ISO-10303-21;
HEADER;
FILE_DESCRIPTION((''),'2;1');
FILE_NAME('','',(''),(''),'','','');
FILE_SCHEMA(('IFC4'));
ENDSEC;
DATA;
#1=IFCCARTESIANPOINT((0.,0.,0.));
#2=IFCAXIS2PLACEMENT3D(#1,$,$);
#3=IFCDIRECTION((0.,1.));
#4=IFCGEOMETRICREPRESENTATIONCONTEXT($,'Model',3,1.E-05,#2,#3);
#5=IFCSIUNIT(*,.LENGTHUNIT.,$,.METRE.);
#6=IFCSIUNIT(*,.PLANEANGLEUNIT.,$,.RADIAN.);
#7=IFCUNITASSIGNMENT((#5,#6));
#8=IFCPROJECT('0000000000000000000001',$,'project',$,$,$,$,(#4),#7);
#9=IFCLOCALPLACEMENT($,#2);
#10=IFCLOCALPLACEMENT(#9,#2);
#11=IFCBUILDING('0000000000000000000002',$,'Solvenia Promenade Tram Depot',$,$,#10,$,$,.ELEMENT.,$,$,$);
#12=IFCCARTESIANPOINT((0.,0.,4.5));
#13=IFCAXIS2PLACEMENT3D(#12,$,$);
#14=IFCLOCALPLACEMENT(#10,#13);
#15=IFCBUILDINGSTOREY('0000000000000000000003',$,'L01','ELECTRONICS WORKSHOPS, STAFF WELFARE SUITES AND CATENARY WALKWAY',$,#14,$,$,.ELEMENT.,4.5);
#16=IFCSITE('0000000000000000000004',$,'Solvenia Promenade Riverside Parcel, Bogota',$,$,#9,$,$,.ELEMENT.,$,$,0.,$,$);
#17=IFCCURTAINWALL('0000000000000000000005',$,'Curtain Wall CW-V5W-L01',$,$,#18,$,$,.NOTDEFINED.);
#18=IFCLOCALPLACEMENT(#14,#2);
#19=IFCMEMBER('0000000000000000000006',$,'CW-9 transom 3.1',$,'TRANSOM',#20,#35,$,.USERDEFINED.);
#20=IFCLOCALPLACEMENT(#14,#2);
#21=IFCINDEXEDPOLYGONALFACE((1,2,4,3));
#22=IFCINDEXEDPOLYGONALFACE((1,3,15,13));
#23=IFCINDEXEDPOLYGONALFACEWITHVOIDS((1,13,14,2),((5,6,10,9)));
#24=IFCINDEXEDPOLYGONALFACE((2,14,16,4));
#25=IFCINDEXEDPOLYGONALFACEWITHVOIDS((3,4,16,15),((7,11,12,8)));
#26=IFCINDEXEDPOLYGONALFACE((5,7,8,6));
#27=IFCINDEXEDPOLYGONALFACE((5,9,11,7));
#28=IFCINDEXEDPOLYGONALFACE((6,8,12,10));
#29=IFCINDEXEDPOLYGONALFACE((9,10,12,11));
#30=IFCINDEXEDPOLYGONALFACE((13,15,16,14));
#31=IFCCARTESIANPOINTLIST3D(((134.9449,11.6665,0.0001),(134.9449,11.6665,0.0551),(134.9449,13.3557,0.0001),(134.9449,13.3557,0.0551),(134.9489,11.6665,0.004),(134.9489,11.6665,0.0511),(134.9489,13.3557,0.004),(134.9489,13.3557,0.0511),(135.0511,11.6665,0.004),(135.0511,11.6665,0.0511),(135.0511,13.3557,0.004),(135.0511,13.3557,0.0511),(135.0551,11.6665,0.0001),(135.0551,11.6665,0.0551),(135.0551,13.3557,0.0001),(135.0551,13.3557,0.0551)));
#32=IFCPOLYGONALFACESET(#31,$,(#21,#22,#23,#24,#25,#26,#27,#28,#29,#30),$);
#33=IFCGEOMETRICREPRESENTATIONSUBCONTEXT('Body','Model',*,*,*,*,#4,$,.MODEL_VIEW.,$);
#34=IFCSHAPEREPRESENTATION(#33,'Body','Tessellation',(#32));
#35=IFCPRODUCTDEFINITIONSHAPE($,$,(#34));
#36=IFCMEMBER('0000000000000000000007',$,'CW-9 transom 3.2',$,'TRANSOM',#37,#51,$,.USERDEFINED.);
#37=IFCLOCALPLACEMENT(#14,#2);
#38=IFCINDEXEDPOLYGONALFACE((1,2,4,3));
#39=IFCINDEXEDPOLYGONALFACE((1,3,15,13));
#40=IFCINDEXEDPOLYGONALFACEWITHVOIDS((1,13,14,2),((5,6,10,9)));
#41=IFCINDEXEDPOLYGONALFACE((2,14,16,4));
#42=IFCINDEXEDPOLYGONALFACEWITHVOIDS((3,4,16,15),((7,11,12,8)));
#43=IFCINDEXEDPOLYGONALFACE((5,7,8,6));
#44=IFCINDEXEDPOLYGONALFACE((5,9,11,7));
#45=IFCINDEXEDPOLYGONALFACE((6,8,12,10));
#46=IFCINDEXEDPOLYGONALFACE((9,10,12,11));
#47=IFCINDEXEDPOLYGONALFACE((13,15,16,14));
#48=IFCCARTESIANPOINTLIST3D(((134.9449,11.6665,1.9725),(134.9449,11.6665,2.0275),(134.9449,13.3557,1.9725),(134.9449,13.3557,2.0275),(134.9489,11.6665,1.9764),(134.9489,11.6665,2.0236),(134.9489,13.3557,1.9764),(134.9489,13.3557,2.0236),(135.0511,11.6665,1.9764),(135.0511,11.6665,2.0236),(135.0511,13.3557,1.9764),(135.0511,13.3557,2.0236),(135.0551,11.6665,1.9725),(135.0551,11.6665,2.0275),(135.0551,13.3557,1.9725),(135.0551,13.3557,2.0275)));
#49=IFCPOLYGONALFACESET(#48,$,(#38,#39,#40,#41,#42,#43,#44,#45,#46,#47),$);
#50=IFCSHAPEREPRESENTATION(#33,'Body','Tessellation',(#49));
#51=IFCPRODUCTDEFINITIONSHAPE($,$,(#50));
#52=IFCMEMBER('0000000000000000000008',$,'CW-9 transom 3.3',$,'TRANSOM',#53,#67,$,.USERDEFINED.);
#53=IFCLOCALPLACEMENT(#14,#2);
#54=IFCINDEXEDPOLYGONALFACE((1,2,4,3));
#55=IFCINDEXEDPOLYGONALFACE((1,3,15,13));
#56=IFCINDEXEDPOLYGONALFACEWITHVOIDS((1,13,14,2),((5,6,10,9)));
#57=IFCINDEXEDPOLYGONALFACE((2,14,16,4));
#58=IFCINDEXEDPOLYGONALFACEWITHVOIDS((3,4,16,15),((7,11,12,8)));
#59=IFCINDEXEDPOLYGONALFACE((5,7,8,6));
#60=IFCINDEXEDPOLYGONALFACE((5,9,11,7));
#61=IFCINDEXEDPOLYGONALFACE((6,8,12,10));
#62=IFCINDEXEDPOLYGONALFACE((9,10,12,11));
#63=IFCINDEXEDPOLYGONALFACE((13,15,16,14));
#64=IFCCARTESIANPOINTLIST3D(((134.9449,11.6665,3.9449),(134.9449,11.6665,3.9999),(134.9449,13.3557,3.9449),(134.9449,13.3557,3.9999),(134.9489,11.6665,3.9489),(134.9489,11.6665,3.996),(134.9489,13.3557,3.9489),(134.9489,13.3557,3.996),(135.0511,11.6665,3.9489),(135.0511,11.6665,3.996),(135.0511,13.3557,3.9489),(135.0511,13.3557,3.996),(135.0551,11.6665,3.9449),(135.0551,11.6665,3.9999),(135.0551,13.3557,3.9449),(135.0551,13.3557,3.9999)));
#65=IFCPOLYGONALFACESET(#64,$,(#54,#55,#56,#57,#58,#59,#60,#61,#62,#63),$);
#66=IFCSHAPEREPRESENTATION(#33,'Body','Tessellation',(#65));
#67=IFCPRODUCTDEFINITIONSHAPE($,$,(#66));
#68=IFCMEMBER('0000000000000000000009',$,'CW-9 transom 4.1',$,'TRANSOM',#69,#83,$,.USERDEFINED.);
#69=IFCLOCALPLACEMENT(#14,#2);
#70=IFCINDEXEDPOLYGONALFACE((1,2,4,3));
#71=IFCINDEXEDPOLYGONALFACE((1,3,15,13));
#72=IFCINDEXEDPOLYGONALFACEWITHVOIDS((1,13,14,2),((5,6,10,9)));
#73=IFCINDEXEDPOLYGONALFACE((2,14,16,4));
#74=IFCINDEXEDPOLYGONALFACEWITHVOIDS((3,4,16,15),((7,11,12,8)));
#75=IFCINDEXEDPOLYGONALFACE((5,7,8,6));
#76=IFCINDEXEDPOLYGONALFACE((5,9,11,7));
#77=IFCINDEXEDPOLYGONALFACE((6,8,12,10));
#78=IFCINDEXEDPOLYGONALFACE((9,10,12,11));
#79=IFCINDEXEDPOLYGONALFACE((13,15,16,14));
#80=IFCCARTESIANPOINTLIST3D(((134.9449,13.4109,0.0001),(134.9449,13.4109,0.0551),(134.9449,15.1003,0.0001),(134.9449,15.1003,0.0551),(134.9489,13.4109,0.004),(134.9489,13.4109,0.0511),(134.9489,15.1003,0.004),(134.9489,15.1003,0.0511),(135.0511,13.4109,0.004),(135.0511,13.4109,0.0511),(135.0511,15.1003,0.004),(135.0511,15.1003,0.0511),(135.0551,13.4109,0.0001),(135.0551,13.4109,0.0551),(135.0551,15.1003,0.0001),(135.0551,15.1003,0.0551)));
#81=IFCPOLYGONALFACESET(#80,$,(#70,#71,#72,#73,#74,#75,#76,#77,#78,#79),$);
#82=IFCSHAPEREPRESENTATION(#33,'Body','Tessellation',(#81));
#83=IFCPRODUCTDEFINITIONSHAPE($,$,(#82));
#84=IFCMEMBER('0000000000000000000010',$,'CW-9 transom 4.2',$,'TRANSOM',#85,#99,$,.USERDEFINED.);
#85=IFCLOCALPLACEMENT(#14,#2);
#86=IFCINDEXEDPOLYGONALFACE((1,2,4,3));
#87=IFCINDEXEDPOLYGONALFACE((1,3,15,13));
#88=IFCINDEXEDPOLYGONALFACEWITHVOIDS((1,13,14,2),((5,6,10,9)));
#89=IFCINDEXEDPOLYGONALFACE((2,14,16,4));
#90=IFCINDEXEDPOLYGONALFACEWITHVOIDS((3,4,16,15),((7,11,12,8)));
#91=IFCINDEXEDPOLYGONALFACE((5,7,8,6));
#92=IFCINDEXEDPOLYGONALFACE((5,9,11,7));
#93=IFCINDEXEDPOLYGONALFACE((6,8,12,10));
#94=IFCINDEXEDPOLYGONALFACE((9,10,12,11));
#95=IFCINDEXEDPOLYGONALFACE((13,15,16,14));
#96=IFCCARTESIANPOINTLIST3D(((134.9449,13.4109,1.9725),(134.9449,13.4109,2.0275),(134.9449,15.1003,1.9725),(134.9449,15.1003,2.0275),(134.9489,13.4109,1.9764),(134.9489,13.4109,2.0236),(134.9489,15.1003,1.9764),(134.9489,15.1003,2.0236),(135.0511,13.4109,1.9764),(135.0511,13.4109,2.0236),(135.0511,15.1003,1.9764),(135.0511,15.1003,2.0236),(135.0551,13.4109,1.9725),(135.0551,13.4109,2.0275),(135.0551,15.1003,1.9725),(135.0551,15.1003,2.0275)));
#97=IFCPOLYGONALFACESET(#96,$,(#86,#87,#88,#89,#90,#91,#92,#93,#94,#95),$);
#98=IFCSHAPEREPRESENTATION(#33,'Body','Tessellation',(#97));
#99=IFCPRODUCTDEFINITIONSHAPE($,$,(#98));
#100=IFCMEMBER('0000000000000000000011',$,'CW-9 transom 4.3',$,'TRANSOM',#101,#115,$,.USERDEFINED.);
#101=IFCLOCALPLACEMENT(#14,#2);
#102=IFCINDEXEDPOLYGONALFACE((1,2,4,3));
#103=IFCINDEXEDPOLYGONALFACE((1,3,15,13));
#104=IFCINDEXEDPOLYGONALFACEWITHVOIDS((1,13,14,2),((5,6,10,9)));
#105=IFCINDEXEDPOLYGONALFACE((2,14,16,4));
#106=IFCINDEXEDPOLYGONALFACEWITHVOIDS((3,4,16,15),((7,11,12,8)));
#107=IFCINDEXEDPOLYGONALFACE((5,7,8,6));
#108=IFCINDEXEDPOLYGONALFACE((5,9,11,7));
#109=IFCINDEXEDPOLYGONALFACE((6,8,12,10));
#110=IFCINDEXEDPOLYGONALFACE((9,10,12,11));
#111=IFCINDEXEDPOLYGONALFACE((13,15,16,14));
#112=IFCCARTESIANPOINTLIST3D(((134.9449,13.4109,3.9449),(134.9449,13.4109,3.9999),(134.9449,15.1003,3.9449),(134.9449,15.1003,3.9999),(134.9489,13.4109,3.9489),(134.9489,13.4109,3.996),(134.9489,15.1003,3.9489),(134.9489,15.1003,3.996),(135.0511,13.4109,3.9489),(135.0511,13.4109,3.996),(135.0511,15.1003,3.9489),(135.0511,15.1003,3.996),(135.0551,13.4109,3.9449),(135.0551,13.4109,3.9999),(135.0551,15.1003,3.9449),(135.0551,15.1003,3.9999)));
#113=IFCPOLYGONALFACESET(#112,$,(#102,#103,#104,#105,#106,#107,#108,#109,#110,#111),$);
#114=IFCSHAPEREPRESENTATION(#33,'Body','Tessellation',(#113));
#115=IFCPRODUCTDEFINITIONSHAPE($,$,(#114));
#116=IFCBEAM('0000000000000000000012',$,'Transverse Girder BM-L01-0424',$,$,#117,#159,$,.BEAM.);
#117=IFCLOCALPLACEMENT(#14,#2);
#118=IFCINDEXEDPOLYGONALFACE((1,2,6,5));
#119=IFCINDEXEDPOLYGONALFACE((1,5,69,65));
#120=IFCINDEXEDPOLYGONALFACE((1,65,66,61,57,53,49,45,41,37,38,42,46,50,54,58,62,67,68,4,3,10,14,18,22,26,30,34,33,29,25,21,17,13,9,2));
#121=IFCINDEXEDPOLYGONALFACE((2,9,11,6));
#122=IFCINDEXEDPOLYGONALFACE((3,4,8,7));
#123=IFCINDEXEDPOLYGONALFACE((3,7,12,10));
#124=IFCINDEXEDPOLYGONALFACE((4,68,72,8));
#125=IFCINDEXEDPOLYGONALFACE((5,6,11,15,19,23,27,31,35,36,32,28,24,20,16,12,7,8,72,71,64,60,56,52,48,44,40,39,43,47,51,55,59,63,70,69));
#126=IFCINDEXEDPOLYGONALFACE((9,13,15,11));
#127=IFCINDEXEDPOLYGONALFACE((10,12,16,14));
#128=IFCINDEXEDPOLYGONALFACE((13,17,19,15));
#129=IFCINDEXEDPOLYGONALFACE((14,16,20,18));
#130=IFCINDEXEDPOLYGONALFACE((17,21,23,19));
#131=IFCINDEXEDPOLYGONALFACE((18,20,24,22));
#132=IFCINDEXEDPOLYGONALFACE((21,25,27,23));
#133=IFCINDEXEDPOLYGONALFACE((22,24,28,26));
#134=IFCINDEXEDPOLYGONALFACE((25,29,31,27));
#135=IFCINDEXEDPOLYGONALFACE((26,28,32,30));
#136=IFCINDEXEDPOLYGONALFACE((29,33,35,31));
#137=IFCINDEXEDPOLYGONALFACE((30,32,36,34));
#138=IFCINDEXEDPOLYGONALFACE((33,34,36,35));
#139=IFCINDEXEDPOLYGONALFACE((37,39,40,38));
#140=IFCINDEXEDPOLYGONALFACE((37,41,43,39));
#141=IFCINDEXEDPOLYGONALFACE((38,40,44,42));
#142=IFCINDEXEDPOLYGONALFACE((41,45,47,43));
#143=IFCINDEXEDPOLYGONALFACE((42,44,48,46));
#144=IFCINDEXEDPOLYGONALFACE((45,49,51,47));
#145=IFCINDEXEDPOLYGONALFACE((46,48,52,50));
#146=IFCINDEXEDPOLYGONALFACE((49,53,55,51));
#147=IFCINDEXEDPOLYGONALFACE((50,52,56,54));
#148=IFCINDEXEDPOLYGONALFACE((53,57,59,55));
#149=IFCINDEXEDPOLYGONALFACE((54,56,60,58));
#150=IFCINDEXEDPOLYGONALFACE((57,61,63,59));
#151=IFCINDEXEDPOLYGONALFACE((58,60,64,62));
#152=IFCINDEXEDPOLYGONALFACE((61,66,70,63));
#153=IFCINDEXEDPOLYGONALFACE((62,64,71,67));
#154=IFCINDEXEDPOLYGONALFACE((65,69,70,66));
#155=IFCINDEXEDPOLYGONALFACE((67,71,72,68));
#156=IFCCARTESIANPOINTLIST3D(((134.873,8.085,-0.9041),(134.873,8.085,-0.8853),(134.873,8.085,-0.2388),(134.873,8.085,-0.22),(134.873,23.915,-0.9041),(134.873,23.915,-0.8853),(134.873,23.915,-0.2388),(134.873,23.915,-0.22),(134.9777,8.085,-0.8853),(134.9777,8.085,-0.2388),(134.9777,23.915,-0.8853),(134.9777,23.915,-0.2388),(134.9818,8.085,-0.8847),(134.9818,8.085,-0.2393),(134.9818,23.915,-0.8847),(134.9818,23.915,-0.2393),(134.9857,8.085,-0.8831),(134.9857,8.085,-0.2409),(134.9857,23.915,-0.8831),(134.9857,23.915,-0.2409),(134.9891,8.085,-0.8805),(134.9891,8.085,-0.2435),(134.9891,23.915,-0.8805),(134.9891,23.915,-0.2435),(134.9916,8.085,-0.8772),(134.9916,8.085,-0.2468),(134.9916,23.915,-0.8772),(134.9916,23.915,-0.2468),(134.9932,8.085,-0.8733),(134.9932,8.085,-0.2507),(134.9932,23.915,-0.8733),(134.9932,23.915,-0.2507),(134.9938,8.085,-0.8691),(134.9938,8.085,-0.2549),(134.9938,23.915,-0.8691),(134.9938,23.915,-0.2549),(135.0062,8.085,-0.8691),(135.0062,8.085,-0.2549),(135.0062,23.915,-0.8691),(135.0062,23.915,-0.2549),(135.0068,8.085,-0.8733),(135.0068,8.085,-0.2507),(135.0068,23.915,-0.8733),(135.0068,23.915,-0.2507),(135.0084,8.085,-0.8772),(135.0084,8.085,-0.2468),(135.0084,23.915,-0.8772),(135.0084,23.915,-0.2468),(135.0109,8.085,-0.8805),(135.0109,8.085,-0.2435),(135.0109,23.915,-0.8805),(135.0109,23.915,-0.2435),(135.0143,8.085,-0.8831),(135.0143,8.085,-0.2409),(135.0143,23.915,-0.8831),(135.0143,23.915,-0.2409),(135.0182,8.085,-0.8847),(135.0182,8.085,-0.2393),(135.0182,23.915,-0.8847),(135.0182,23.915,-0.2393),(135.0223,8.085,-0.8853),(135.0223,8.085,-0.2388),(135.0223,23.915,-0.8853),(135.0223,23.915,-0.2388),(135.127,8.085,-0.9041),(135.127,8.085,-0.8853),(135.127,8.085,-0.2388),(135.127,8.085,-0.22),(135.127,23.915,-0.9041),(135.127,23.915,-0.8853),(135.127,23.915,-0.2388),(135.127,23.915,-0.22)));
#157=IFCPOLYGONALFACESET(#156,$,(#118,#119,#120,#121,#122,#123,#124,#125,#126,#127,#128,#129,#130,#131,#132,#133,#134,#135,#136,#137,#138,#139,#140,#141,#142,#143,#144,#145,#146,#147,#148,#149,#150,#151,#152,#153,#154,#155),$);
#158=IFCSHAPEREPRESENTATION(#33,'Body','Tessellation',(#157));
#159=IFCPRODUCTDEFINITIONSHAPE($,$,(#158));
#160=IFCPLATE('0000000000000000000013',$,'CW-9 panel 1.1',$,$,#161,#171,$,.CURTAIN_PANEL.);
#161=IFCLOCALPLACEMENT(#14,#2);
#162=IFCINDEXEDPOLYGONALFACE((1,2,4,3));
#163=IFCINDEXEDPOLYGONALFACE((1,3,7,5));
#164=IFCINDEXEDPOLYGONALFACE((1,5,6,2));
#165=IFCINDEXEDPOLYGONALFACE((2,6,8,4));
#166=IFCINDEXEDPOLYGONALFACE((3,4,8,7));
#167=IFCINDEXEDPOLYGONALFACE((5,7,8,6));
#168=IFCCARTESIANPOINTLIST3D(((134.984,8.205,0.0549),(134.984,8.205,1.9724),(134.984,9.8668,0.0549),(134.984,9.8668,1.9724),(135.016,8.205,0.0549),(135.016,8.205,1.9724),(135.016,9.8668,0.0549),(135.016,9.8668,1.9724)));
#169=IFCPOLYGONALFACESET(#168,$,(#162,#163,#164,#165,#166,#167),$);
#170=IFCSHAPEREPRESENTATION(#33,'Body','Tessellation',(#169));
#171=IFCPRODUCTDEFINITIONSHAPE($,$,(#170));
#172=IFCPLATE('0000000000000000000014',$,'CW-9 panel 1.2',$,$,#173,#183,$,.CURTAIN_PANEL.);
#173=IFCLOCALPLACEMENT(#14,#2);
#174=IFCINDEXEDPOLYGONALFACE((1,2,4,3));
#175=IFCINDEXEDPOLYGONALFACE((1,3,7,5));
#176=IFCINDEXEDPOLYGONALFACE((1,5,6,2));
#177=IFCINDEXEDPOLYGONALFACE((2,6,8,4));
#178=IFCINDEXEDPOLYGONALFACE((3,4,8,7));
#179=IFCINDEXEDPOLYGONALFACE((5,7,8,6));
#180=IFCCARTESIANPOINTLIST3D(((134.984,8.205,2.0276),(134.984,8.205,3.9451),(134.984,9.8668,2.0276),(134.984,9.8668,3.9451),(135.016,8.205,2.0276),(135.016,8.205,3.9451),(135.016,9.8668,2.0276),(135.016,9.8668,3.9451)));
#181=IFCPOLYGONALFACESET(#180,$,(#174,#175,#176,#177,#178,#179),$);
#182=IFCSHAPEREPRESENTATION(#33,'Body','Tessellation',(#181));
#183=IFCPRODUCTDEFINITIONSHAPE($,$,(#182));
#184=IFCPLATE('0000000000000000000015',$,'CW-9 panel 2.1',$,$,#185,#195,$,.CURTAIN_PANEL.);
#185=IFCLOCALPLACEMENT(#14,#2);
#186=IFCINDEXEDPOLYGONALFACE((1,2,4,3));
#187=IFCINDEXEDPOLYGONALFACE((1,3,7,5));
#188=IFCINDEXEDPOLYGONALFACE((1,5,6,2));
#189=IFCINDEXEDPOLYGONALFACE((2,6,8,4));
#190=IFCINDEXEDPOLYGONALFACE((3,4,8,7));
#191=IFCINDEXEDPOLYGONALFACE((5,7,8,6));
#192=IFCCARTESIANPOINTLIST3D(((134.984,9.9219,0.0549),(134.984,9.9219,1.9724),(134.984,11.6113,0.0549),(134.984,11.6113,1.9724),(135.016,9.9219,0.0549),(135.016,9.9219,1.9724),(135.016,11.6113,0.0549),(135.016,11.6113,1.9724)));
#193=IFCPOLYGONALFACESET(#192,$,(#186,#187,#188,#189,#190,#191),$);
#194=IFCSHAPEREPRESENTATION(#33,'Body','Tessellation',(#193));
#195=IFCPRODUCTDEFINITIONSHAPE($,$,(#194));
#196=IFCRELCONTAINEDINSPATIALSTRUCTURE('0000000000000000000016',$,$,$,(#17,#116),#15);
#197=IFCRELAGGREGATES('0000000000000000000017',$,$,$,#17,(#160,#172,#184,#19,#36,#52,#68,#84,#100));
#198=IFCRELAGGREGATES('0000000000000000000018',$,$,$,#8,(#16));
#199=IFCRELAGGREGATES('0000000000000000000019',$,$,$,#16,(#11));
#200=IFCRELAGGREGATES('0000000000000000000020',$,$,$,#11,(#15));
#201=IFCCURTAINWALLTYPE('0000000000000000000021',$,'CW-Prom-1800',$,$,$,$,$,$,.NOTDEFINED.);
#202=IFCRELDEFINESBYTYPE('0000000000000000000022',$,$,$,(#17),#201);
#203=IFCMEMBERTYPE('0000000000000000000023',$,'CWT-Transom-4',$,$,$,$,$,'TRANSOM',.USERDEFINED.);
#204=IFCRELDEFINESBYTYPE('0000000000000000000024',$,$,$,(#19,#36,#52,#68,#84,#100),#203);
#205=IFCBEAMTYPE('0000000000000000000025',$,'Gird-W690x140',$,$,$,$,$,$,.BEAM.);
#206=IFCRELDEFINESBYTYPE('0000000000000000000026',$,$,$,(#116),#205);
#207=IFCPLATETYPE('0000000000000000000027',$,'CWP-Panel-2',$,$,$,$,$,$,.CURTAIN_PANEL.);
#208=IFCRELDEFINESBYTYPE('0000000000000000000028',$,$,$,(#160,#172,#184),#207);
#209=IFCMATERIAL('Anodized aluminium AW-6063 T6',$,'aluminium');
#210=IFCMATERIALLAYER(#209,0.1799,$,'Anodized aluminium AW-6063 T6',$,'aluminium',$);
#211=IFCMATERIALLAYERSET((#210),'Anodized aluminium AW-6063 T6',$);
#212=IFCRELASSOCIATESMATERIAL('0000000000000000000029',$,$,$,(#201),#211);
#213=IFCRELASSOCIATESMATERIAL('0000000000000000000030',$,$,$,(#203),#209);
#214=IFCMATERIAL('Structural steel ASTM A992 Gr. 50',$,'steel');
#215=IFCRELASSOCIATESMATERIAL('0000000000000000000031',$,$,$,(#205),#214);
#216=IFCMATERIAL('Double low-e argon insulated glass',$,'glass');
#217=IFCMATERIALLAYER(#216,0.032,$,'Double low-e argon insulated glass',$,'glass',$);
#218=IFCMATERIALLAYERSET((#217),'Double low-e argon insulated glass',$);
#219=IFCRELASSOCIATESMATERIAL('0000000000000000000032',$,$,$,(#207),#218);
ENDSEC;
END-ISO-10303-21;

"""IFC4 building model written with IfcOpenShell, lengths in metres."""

from ifc_helpers import new_model, si_unit, direction, frame, origin, origin_2d, place, context, subcontext, project, spatial, rectangle, hollow_rectangle, i_section, extrude, material, layer, layer_set, material_profile, profile_set, type_object, element, aggregate, save


model = new_model("IFC4")

# Units and contexts
model_context = context("Model", 3, precision=1e-05, world=origin(), true_north=direction((0.0, 1.0)))
body_context = subcontext(model_context, "Body", "Model", "MODEL_VIEW")
ifc_project = project(units=[si_unit("LENGTHUNIT", "METRE"), si_unit("PLANEANGLEUNIT", "RADIAN")], contexts=[model_context])

# Site, building, storey
site_placement = place(None, origin())
site = spatial("IfcSite", under=ifc_project, at=site_placement, Name="Solvenia Promenade Riverside Parcel, Bogota", CompositionType="ELEMENT", RefElevation=0.0)
building_placement = place(site_placement, origin())
building = spatial("IfcBuilding", under=site, at=building_placement, Name="Solvenia Promenade Tram Depot", CompositionType="ELEMENT")
storey_placement = place(building_placement, frame((0.0, 0.0, 4.5)))
storey = spatial("IfcBuildingStorey", under=building, at=storey_placement, Name="L01", Description="ELECTRONICS WORKSHOPS, STAFF WELFARE SUITES AND CATENARY WALKWAY", CompositionType="ELEMENT", Elevation=4.5)

# Curtain wall, members
ifc_material_1 = material(Name="Anodized aluminium AW-6063 T6", Category="aluminium")
ifc_layer_1 = layer(ifc_material_1, 0.1799, Name="Anodized aluminium AW-6063 T6", Category="aluminium")
ifc_layer_set_1 = layer_set([ifc_layer_1], Name="Anodized aluminium AW-6063 T6")
curtain_wall_type = type_object("IfcCurtainWallType", Name="CW-Prom-1800", PredefinedType="NOTDEFINED", material=ifc_layer_set_1)
curtain_wall_placement = place(storey_placement, origin())
curtain_wall = element("IfcCurtainWall", 1, at=curtain_wall_placement, inside=storey, type_object=curtain_wall_type, Name="Curtain Wall CW-V5W-L01", PredefinedType="NOTDEFINED")
ifc_material_profile_1 = material_profile(ifc_material_1, hollow_rectangle(XDim=0.1101, YDim=0.0549, WallThickness=0.0039, at=origin_2d()), Name="ALU-T4", Category="aluminium")
ifc_profile_set_1 = profile_set([ifc_material_profile_1], Name="Anodized aluminium AW-6063 T6")
member_type_1 = type_object("IfcMemberType", Name="CWT-Transom-4", ElementType="TRANSOM", PredefinedType="USERDEFINED", material=ifc_profile_set_1)
member_1_placement = place(storey_placement, frame((135.0, 11.6665, 0.0276), z_axis=(0.0, 1.0, 0.0), x_axis=(-1.0, 0.0, 0.0)))
member_1 = element("IfcMember", 2, at=member_1_placement, type_object=member_type_1, Name="CW-9 transom 3.1", ObjectType="TRANSOM", PredefinedType="USERDEFINED", context=body_context, shape_type="SweptSolid", body=[
    extrude(hollow_rectangle(XDim=0.1101, YDim=0.0549, WallThickness=0.0039, at=origin_2d()), origin(), (0.0, 0.0, 1.0), 1.6892),
])
member_2_placement = place(storey_placement, frame((135.0, 11.6665, 2.0), z_axis=(0.0, 1.0, 0.0), x_axis=(-1.0, 0.0, 0.0)))
member_2 = element("IfcMember", 3, at=member_2_placement, type_object=member_type_1, Name="CW-9 transom 3.2", ObjectType="TRANSOM", PredefinedType="USERDEFINED", context=body_context, shape_type="SweptSolid", body=[
    extrude(hollow_rectangle(XDim=0.1101, YDim=0.0549, WallThickness=0.0039, at=origin_2d()), origin(), (0.0, 0.0, 1.0), 1.6892),
])
member_3_placement = place(storey_placement, frame((135.0, 11.6665, 3.9724), z_axis=(0.0, 1.0, 0.0), x_axis=(-1.0, 0.0, 0.0)))
member_3 = element("IfcMember", 4, at=member_3_placement, type_object=member_type_1, Name="CW-9 transom 3.3", ObjectType="TRANSOM", PredefinedType="USERDEFINED", context=body_context, shape_type="SweptSolid", body=[
    extrude(hollow_rectangle(XDim=0.1101, YDim=0.0549, WallThickness=0.0039, at=origin_2d()), origin(), (0.0, 0.0, 1.0), 1.6892),
])
member_4_placement = place(storey_placement, frame((135.0, 13.4109, 0.0276), z_axis=(0.0, 1.0, 0.0), x_axis=(-1.0, 0.0, 0.0)))
member_4 = element("IfcMember", 5, at=member_4_placement, type_object=member_type_1, Name="CW-9 transom 4.1", ObjectType="TRANSOM", PredefinedType="USERDEFINED", context=body_context, shape_type="SweptSolid", body=[
    extrude(hollow_rectangle(XDim=0.1101, YDim=0.0549, WallThickness=0.0039, at=origin_2d()), origin(), (0.0, 0.0, 1.0), 1.6895),
])
member_5_placement = place(storey_placement, frame((135.0, 13.4109, 2.0), z_axis=(0.0, 1.0, 0.0), x_axis=(-1.0, 0.0, 0.0)))
member_5 = element("IfcMember", 6, at=member_5_placement, type_object=member_type_1, Name="CW-9 transom 4.2", ObjectType="TRANSOM", PredefinedType="USERDEFINED", context=body_context, shape_type="SweptSolid", body=[
    extrude(hollow_rectangle(XDim=0.1101, YDim=0.0549, WallThickness=0.0039, at=origin_2d()), origin(), (0.0, 0.0, 1.0), 1.6895),
])
member_6_placement = place(storey_placement, frame((135.0, 13.4109, 3.9724), z_axis=(0.0, 1.0, 0.0), x_axis=(-1.0, 0.0, 0.0)))
member_6 = element("IfcMember", 7, at=member_6_placement, type_object=member_type_1, Name="CW-9 transom 4.3", ObjectType="TRANSOM", PredefinedType="USERDEFINED", context=body_context, shape_type="SweptSolid", body=[
    extrude(hollow_rectangle(XDim=0.1101, YDim=0.0549, WallThickness=0.0039, at=origin_2d()), origin(), (0.0, 0.0, 1.0), 1.6895),
])

# Beam
ifc_material_2 = material(Name="Structural steel ASTM A992 Gr. 50", Category="steel")
ifc_material_profile_2 = material_profile(ifc_material_2, i_section(OverallWidth=0.2539, OverallDepth=0.6841, WebThickness=0.0125, FlangeThickness=0.0188, FilletRadius=0.0161, at=origin_2d()), Name="W690x140", Category="steel")
ifc_profile_set_2 = profile_set([ifc_material_profile_2], Name="Structural steel ASTM A992 Gr. 50")
beam_type = type_object("IfcBeamType", Name="Gird-W690x140", PredefinedType="BEAM", material=ifc_profile_set_2)
beam_placement = place(storey_placement, frame((135.0, 8.085, -0.562), z_axis=(0.0, 1.0, 0.0), x_axis=(-1.0, 0.0, 0.0)))
element("IfcBeam", 8, at=beam_placement, inside=storey, type_object=beam_type, Name="Transverse Girder BM-L01-0424", PredefinedType="BEAM", context=body_context, shape_type="SweptSolid", body=[
    extrude(i_section(OverallWidth=0.2539, OverallDepth=0.6841, WebThickness=0.0125, FlangeThickness=0.0188, FilletRadius=0.0161, at=origin_2d()), origin(), (0.0, 0.0, 1.0), 15.8301),
])

# Plates
ifc_material_3 = material(Name="Double low-e argon insulated glass", Category="glass")
ifc_layer_2 = layer(ifc_material_3, 0.032, Name="Double low-e argon insulated glass", Category="glass")
ifc_layer_set_2 = layer_set([ifc_layer_2], Name="Double low-e argon insulated glass")
plate_type = type_object("IfcPlateType", Name="CWP-Panel-2", PredefinedType="CURTAIN_PANEL", material=ifc_layer_set_2)
plate_1_placement = place(storey_placement, frame((135.0, 9.0359, 0.0549), z_axis=(0.0, 0.0, 1.0), x_axis=(0.0, 1.0, 0.0)))
plate_1 = element("IfcPlate", 9, at=plate_1_placement, type_object=plate_type, Name="CW-9 panel 1.1", PredefinedType="CURTAIN_PANEL", context=body_context, shape_type="SweptSolid", body=[
    extrude(rectangle(XDim=1.6619, YDim=0.032, at=origin_2d()), origin(), (0.0, 0.0, 1.0), 1.9175),
])
plate_2_placement = place(storey_placement, frame((135.0, 9.0359, 2.0276), z_axis=(0.0, 0.0, 1.0), x_axis=(0.0, 1.0, 0.0)))
plate_2 = element("IfcPlate", 10, at=plate_2_placement, type_object=plate_type, Name="CW-9 panel 1.2", PredefinedType="CURTAIN_PANEL", context=body_context, shape_type="SweptSolid", body=[
    extrude(rectangle(XDim=1.6619, YDim=0.032, at=origin_2d()), origin(), (0.0, 0.0, 1.0), 1.9175),
])
plate_3_placement = place(storey_placement, frame((135.0, 10.7666, 0.0549), z_axis=(0.0, 0.0, 1.0), x_axis=(0.0, 1.0, 0.0)))
plate_3 = element("IfcPlate", 11, at=plate_3_placement, type_object=plate_type, Name="CW-9 panel 2.1", PredefinedType="CURTAIN_PANEL", context=body_context, shape_type="SweptSolid", body=[
    extrude(rectangle(XDim=1.6895, YDim=0.032, at=origin_2d()), origin(), (0.0, 0.0, 1.0), 1.9175),
])
aggregate(curtain_wall, [plate_1, plate_2, plate_3, member_1, member_2, member_3, member_4, member_5, member_6])

save(model, "model.ifc")
